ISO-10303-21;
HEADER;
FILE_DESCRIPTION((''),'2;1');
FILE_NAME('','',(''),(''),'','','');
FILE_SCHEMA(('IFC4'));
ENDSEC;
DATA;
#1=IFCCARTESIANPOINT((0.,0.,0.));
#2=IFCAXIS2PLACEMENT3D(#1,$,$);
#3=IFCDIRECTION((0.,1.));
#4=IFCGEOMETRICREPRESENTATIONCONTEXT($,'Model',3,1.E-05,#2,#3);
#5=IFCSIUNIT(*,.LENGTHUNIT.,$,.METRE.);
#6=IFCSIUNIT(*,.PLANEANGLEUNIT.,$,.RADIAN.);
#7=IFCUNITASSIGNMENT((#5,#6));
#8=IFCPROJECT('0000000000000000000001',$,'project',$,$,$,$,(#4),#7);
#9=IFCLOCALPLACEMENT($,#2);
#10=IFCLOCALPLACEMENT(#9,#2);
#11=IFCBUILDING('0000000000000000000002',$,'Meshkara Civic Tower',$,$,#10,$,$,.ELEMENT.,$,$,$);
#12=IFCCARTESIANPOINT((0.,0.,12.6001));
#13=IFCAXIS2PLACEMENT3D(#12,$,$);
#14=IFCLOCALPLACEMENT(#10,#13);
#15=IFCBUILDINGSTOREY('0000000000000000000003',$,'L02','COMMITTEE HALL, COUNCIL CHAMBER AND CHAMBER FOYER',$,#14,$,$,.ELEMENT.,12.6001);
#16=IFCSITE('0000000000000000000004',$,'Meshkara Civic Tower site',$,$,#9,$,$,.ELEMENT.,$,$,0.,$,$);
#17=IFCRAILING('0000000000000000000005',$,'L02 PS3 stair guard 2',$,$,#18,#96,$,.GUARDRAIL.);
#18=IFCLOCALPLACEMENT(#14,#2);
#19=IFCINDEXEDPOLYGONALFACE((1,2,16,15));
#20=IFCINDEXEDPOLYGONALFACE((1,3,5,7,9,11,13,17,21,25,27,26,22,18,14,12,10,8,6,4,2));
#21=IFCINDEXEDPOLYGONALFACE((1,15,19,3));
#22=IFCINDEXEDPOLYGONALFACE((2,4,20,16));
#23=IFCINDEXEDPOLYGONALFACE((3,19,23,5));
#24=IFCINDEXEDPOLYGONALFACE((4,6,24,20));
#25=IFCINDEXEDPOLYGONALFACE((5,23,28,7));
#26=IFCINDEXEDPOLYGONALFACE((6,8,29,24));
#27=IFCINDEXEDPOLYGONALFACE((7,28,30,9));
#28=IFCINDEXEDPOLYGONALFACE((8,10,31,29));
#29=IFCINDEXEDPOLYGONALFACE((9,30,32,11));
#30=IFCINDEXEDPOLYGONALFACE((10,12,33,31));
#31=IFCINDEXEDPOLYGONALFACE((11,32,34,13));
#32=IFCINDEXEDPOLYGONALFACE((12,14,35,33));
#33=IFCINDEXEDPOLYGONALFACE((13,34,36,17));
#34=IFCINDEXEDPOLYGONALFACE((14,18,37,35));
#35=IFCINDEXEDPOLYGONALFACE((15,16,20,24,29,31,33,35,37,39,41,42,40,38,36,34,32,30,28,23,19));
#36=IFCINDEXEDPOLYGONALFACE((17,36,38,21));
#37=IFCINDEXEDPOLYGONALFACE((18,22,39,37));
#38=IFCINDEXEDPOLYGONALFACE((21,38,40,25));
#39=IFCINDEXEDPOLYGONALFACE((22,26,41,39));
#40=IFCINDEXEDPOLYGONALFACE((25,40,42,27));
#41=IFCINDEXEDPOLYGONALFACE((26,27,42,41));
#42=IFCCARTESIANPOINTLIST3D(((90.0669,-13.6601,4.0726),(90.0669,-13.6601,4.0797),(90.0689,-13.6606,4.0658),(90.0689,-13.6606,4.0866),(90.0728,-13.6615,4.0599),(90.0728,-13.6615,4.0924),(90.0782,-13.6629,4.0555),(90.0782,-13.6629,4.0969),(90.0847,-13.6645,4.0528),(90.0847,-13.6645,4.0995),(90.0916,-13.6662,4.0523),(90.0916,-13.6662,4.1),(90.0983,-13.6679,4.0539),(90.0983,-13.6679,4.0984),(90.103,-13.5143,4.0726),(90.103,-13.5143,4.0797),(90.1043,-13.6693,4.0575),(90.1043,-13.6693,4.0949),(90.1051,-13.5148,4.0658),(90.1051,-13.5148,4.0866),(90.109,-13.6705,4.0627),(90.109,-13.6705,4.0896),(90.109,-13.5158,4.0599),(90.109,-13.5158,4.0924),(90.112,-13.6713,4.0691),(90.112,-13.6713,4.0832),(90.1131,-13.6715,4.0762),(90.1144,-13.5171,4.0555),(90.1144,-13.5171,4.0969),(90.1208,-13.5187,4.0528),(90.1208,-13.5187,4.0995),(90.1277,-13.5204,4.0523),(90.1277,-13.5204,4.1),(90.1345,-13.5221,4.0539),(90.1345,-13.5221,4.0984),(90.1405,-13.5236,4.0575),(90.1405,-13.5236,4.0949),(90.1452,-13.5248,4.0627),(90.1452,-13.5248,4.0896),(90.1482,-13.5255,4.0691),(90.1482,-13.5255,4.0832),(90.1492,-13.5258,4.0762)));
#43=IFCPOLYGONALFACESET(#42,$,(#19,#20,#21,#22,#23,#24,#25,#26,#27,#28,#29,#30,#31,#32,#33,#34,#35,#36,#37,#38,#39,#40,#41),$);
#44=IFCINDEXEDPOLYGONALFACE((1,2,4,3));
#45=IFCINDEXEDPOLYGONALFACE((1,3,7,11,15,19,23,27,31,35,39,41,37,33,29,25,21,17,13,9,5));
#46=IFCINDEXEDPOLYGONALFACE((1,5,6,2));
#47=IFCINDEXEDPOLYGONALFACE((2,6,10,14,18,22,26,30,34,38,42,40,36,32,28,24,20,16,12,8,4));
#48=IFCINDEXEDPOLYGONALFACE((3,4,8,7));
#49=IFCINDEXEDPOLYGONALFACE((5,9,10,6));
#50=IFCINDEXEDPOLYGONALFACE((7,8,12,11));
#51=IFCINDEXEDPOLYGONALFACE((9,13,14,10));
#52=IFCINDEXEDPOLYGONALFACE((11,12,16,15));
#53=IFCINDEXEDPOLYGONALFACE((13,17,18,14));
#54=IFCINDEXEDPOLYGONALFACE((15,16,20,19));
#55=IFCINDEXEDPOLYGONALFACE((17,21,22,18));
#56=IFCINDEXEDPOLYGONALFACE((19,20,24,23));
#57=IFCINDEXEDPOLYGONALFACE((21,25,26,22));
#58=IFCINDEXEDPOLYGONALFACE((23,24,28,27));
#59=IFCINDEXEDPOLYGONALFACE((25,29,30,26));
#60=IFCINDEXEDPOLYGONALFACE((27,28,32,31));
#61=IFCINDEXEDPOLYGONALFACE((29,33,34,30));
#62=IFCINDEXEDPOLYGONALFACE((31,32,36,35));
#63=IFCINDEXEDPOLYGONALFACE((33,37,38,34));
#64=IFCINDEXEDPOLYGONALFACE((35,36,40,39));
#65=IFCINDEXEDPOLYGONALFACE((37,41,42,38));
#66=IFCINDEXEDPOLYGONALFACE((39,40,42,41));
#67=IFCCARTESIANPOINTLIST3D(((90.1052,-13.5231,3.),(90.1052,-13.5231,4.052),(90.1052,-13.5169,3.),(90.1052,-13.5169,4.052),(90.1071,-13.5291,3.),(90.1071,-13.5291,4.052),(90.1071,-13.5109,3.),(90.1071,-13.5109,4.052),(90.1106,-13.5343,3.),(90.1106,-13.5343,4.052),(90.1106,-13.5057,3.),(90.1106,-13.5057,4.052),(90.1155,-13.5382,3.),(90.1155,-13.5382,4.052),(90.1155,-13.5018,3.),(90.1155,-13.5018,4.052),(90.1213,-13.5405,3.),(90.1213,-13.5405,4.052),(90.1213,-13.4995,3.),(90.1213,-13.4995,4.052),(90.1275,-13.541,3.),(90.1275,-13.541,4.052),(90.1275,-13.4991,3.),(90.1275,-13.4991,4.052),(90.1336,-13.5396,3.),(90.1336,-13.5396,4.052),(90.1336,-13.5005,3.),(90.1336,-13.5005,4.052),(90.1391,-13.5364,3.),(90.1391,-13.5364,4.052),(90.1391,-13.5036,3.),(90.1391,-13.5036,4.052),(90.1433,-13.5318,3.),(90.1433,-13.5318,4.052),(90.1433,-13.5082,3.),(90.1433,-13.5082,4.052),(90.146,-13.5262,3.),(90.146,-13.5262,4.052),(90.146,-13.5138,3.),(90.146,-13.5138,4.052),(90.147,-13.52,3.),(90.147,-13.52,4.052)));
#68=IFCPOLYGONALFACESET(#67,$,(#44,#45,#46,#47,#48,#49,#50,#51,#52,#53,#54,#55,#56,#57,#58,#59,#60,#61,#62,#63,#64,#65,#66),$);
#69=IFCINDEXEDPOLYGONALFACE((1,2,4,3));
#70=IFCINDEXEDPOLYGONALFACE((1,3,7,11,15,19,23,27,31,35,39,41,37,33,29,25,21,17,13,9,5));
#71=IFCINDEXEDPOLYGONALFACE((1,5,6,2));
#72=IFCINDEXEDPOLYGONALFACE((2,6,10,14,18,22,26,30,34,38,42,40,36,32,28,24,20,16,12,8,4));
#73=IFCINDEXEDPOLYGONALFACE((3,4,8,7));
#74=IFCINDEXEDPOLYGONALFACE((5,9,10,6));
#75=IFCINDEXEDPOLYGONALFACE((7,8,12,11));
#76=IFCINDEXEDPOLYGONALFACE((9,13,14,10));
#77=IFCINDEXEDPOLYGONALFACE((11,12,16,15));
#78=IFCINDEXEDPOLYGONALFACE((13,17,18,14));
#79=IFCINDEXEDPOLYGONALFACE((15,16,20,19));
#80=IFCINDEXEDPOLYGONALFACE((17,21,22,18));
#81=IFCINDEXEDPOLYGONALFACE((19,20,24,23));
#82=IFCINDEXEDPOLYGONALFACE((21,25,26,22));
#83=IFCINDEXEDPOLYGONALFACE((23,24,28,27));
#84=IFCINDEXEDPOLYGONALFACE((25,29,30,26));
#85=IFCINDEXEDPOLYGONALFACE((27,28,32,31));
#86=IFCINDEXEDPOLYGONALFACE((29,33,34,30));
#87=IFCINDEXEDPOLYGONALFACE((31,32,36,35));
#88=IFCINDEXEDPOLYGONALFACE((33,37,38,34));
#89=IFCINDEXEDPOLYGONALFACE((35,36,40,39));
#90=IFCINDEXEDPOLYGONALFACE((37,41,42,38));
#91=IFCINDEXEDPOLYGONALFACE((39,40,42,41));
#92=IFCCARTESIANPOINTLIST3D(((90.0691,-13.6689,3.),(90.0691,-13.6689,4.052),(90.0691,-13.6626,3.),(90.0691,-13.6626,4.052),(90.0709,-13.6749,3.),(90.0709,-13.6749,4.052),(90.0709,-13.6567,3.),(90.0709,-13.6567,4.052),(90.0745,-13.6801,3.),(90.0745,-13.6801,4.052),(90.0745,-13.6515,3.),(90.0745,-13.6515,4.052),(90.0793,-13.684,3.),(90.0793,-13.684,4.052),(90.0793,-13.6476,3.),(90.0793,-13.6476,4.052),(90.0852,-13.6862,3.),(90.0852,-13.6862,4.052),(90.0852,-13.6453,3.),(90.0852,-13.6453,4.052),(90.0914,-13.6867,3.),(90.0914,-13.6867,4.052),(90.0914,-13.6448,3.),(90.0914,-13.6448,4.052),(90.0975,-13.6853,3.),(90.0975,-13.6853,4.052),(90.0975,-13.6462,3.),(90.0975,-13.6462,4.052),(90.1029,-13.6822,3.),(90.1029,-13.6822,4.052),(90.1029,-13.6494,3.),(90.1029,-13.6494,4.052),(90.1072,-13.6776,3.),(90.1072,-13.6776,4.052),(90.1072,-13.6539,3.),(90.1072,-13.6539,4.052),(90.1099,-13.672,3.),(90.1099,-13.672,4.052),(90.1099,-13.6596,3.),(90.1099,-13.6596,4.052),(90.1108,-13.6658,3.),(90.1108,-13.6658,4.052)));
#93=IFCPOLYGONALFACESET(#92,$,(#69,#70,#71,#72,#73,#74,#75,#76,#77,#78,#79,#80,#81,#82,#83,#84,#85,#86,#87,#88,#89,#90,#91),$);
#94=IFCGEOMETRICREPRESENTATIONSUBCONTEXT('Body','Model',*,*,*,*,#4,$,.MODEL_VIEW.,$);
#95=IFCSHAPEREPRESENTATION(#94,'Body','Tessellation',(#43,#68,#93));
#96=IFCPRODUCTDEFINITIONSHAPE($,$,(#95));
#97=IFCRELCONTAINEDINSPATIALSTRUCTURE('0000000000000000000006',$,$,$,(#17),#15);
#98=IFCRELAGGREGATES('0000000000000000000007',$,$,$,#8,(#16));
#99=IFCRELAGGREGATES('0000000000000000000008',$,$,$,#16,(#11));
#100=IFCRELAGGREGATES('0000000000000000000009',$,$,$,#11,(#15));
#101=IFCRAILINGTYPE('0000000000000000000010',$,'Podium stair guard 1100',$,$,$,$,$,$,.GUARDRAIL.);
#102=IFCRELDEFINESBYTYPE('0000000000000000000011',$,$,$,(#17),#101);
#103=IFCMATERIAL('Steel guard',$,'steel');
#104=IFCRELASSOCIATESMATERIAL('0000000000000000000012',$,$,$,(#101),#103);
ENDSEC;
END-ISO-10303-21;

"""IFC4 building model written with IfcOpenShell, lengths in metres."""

from ifc_helpers import new_model, si_unit, direction, frame, origin, origin_2d, place, context, subcontext, project, spatial, circle, extrude, material, type_object, element, save


model = new_model("IFC4")

# Units and contexts
model_context = context("Model", 3, precision=1e-05, world=origin(), true_north=direction((0.0, 1.0)))
body_context = subcontext(model_context, "Body", "Model", "MODEL_VIEW")
ifc_project = project(units=[si_unit("LENGTHUNIT", "METRE"), si_unit("PLANEANGLEUNIT", "RADIAN")], contexts=[model_context])

# Site, building, storey
site_placement = place(None, origin())
site = spatial("IfcSite", under=ifc_project, at=site_placement, Name="Meshkara Civic Tower site", CompositionType="ELEMENT", RefElevation=0.0)
building_placement = place(site_placement, origin())
building = spatial("IfcBuilding", under=site, at=building_placement, Name="Meshkara Civic Tower", CompositionType="ELEMENT")
storey_placement = place(building_placement, frame((0.0, 0.0, 12.6001)))
storey = spatial("IfcBuildingStorey", under=building, at=storey_placement, Name="L02", Description="COMMITTEE HALL, COUNCIL CHAMBER AND CHAMBER FOYER", CompositionType="ELEMENT", Elevation=12.6001)

# Railing
ifc_material_1 = material(Name="Steel guard", Category="steel")
railing_type_1 = type_object("IfcRailingType", Name="Podium stair guard 1100", PredefinedType="GUARDRAIL", material=ifc_material_1)
railing_1_placement = place(storey_placement, frame((90.126, -13.52, 3.0)))
element("IfcRailing", 1, at=railing_1_placement, inside=storey, type_object=railing_type_1, Name="L02 PS3 stair guard 2", PredefinedType="GUARDRAIL", context=body_context, shape_type="SweptSolid", body=[
    extrude(circle(Radius=0.0239, at=origin_2d()), frame((0.0, 0.0, 1.0762), z_axis=(-0.240622, -0.970619, 0.0), x_axis=(0.970619, -0.240622, 0.0)), (0.0, 0.0, 1.0), 0.1501),
    extrude(circle(Radius=0.021, at=origin_2d()), origin(), (0.0, 0.0, 1.0), 1.052),
    extrude(circle(Radius=0.021, at=origin_2d()), frame((-0.0361, -0.1458, 0.0)), (0.0, 0.0, 1.0), 1.052),
])

save(model, "model.ifc")
